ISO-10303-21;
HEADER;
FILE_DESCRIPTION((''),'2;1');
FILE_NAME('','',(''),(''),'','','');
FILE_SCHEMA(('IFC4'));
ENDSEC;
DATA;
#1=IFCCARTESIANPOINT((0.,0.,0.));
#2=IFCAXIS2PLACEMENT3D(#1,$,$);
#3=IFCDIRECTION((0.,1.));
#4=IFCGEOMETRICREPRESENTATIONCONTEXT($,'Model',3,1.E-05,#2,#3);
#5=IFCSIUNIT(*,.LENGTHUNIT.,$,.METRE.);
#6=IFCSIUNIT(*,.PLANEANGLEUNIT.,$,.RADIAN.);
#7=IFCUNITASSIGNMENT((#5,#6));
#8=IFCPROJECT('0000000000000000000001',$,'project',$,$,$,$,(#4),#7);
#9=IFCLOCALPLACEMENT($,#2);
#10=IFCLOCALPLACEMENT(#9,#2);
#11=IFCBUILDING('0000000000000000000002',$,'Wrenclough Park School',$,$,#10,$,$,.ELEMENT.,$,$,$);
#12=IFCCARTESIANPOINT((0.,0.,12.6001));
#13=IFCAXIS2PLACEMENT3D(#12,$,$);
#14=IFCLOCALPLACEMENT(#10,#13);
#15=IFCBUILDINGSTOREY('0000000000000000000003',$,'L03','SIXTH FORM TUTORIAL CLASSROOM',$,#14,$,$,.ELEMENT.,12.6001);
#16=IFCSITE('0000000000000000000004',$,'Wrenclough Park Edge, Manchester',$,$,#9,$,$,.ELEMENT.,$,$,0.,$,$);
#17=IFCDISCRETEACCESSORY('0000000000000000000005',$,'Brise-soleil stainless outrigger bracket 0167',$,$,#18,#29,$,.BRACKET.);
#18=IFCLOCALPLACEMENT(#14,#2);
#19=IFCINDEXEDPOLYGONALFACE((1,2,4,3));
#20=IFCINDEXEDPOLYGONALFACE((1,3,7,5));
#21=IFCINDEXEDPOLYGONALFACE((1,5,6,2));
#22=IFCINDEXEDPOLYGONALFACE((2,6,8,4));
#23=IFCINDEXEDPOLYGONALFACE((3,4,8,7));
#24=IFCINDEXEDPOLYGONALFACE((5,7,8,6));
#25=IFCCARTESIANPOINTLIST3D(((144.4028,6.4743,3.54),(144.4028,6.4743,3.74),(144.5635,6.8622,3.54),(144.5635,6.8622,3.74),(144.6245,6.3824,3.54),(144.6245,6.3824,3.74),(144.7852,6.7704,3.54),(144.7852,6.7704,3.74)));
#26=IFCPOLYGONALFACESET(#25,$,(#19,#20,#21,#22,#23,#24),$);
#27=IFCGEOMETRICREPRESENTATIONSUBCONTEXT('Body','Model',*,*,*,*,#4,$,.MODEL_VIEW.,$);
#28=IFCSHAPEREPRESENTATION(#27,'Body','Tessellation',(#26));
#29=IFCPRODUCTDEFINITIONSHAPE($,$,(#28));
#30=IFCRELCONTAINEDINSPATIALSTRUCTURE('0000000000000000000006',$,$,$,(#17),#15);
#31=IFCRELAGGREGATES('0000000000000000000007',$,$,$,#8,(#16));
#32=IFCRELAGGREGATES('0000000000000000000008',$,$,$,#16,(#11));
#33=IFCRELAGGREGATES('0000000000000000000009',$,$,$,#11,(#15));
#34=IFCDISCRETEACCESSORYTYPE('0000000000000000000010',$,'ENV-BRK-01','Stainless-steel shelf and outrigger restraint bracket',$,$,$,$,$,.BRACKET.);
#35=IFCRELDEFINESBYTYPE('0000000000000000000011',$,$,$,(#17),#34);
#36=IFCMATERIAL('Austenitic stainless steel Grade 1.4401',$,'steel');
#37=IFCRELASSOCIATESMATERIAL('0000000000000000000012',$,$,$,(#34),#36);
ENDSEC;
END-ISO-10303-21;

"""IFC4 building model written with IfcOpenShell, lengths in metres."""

from ifc_helpers import new_model, si_unit, direction, frame, origin, origin_2d, place, context, subcontext, project, spatial, rectangle, extrude, material, type_object, element, save


model = new_model("IFC4")

# Units and contexts
model_context = context("Model", 3, precision=1e-05, world=origin(), true_north=direction((0.0, 1.0)))
body_context = subcontext(model_context, "Body", "Model", "MODEL_VIEW")
ifc_project = project(units=[si_unit("LENGTHUNIT", "METRE"), si_unit("PLANEANGLEUNIT", "RADIAN")], contexts=[model_context])

# Site, building, storey
site_placement = place(None, origin())
site = spatial("IfcSite", under=ifc_project, at=site_placement, Name="Wrenclough Park Edge, Manchester", CompositionType="ELEMENT", RefElevation=0.0)
building_placement = place(site_placement, origin())
building = spatial("IfcBuilding", under=site, at=building_placement, Name="Wrenclough Park School", CompositionType="ELEMENT")
storey_placement = place(building_placement, frame((0.0, 0.0, 12.6001)))
storey = spatial("IfcBuildingStorey", under=building, at=storey_placement, Name="L03", Description="SIXTH FORM TUTORIAL CLASSROOM", CompositionType="ELEMENT", Elevation=12.6001)

# Discrete accessory
ifc_material_1 = material(Name="Austenitic stainless steel Grade 1.4401", Category="steel")
discrete_accessory_type = type_object("IfcDiscreteAccessoryType", Name="ENV-BRK-01", Description="Stainless-steel shelf and outrigger restraint bracket", PredefinedType="BRACKET", material=ifc_material_1)
for number, where, z_axis, x_axis, name in (
    (1, (144.594, 6.6223, 3.54), (0.0, 0.0, 1.0), (0.923879, -0.382684, 0.0), "Brise-soleil stainless outrigger bracket 0167"),
):
    element("IfcDiscreteAccessory", number, at=place(storey_placement, frame(where, z_axis=z_axis, x_axis=x_axis)), inside=storey, type_object=discrete_accessory_type, Name=name, PredefinedType="BRACKET", context=body_context, shape_type="SweptSolid", body=[
        extrude(rectangle(XDim=0.24, YDim=0.4199, at=origin_2d()), origin(), (0.0, 0.0, 1.0), 0.2),
    ])

save(model, "model.ifc")
